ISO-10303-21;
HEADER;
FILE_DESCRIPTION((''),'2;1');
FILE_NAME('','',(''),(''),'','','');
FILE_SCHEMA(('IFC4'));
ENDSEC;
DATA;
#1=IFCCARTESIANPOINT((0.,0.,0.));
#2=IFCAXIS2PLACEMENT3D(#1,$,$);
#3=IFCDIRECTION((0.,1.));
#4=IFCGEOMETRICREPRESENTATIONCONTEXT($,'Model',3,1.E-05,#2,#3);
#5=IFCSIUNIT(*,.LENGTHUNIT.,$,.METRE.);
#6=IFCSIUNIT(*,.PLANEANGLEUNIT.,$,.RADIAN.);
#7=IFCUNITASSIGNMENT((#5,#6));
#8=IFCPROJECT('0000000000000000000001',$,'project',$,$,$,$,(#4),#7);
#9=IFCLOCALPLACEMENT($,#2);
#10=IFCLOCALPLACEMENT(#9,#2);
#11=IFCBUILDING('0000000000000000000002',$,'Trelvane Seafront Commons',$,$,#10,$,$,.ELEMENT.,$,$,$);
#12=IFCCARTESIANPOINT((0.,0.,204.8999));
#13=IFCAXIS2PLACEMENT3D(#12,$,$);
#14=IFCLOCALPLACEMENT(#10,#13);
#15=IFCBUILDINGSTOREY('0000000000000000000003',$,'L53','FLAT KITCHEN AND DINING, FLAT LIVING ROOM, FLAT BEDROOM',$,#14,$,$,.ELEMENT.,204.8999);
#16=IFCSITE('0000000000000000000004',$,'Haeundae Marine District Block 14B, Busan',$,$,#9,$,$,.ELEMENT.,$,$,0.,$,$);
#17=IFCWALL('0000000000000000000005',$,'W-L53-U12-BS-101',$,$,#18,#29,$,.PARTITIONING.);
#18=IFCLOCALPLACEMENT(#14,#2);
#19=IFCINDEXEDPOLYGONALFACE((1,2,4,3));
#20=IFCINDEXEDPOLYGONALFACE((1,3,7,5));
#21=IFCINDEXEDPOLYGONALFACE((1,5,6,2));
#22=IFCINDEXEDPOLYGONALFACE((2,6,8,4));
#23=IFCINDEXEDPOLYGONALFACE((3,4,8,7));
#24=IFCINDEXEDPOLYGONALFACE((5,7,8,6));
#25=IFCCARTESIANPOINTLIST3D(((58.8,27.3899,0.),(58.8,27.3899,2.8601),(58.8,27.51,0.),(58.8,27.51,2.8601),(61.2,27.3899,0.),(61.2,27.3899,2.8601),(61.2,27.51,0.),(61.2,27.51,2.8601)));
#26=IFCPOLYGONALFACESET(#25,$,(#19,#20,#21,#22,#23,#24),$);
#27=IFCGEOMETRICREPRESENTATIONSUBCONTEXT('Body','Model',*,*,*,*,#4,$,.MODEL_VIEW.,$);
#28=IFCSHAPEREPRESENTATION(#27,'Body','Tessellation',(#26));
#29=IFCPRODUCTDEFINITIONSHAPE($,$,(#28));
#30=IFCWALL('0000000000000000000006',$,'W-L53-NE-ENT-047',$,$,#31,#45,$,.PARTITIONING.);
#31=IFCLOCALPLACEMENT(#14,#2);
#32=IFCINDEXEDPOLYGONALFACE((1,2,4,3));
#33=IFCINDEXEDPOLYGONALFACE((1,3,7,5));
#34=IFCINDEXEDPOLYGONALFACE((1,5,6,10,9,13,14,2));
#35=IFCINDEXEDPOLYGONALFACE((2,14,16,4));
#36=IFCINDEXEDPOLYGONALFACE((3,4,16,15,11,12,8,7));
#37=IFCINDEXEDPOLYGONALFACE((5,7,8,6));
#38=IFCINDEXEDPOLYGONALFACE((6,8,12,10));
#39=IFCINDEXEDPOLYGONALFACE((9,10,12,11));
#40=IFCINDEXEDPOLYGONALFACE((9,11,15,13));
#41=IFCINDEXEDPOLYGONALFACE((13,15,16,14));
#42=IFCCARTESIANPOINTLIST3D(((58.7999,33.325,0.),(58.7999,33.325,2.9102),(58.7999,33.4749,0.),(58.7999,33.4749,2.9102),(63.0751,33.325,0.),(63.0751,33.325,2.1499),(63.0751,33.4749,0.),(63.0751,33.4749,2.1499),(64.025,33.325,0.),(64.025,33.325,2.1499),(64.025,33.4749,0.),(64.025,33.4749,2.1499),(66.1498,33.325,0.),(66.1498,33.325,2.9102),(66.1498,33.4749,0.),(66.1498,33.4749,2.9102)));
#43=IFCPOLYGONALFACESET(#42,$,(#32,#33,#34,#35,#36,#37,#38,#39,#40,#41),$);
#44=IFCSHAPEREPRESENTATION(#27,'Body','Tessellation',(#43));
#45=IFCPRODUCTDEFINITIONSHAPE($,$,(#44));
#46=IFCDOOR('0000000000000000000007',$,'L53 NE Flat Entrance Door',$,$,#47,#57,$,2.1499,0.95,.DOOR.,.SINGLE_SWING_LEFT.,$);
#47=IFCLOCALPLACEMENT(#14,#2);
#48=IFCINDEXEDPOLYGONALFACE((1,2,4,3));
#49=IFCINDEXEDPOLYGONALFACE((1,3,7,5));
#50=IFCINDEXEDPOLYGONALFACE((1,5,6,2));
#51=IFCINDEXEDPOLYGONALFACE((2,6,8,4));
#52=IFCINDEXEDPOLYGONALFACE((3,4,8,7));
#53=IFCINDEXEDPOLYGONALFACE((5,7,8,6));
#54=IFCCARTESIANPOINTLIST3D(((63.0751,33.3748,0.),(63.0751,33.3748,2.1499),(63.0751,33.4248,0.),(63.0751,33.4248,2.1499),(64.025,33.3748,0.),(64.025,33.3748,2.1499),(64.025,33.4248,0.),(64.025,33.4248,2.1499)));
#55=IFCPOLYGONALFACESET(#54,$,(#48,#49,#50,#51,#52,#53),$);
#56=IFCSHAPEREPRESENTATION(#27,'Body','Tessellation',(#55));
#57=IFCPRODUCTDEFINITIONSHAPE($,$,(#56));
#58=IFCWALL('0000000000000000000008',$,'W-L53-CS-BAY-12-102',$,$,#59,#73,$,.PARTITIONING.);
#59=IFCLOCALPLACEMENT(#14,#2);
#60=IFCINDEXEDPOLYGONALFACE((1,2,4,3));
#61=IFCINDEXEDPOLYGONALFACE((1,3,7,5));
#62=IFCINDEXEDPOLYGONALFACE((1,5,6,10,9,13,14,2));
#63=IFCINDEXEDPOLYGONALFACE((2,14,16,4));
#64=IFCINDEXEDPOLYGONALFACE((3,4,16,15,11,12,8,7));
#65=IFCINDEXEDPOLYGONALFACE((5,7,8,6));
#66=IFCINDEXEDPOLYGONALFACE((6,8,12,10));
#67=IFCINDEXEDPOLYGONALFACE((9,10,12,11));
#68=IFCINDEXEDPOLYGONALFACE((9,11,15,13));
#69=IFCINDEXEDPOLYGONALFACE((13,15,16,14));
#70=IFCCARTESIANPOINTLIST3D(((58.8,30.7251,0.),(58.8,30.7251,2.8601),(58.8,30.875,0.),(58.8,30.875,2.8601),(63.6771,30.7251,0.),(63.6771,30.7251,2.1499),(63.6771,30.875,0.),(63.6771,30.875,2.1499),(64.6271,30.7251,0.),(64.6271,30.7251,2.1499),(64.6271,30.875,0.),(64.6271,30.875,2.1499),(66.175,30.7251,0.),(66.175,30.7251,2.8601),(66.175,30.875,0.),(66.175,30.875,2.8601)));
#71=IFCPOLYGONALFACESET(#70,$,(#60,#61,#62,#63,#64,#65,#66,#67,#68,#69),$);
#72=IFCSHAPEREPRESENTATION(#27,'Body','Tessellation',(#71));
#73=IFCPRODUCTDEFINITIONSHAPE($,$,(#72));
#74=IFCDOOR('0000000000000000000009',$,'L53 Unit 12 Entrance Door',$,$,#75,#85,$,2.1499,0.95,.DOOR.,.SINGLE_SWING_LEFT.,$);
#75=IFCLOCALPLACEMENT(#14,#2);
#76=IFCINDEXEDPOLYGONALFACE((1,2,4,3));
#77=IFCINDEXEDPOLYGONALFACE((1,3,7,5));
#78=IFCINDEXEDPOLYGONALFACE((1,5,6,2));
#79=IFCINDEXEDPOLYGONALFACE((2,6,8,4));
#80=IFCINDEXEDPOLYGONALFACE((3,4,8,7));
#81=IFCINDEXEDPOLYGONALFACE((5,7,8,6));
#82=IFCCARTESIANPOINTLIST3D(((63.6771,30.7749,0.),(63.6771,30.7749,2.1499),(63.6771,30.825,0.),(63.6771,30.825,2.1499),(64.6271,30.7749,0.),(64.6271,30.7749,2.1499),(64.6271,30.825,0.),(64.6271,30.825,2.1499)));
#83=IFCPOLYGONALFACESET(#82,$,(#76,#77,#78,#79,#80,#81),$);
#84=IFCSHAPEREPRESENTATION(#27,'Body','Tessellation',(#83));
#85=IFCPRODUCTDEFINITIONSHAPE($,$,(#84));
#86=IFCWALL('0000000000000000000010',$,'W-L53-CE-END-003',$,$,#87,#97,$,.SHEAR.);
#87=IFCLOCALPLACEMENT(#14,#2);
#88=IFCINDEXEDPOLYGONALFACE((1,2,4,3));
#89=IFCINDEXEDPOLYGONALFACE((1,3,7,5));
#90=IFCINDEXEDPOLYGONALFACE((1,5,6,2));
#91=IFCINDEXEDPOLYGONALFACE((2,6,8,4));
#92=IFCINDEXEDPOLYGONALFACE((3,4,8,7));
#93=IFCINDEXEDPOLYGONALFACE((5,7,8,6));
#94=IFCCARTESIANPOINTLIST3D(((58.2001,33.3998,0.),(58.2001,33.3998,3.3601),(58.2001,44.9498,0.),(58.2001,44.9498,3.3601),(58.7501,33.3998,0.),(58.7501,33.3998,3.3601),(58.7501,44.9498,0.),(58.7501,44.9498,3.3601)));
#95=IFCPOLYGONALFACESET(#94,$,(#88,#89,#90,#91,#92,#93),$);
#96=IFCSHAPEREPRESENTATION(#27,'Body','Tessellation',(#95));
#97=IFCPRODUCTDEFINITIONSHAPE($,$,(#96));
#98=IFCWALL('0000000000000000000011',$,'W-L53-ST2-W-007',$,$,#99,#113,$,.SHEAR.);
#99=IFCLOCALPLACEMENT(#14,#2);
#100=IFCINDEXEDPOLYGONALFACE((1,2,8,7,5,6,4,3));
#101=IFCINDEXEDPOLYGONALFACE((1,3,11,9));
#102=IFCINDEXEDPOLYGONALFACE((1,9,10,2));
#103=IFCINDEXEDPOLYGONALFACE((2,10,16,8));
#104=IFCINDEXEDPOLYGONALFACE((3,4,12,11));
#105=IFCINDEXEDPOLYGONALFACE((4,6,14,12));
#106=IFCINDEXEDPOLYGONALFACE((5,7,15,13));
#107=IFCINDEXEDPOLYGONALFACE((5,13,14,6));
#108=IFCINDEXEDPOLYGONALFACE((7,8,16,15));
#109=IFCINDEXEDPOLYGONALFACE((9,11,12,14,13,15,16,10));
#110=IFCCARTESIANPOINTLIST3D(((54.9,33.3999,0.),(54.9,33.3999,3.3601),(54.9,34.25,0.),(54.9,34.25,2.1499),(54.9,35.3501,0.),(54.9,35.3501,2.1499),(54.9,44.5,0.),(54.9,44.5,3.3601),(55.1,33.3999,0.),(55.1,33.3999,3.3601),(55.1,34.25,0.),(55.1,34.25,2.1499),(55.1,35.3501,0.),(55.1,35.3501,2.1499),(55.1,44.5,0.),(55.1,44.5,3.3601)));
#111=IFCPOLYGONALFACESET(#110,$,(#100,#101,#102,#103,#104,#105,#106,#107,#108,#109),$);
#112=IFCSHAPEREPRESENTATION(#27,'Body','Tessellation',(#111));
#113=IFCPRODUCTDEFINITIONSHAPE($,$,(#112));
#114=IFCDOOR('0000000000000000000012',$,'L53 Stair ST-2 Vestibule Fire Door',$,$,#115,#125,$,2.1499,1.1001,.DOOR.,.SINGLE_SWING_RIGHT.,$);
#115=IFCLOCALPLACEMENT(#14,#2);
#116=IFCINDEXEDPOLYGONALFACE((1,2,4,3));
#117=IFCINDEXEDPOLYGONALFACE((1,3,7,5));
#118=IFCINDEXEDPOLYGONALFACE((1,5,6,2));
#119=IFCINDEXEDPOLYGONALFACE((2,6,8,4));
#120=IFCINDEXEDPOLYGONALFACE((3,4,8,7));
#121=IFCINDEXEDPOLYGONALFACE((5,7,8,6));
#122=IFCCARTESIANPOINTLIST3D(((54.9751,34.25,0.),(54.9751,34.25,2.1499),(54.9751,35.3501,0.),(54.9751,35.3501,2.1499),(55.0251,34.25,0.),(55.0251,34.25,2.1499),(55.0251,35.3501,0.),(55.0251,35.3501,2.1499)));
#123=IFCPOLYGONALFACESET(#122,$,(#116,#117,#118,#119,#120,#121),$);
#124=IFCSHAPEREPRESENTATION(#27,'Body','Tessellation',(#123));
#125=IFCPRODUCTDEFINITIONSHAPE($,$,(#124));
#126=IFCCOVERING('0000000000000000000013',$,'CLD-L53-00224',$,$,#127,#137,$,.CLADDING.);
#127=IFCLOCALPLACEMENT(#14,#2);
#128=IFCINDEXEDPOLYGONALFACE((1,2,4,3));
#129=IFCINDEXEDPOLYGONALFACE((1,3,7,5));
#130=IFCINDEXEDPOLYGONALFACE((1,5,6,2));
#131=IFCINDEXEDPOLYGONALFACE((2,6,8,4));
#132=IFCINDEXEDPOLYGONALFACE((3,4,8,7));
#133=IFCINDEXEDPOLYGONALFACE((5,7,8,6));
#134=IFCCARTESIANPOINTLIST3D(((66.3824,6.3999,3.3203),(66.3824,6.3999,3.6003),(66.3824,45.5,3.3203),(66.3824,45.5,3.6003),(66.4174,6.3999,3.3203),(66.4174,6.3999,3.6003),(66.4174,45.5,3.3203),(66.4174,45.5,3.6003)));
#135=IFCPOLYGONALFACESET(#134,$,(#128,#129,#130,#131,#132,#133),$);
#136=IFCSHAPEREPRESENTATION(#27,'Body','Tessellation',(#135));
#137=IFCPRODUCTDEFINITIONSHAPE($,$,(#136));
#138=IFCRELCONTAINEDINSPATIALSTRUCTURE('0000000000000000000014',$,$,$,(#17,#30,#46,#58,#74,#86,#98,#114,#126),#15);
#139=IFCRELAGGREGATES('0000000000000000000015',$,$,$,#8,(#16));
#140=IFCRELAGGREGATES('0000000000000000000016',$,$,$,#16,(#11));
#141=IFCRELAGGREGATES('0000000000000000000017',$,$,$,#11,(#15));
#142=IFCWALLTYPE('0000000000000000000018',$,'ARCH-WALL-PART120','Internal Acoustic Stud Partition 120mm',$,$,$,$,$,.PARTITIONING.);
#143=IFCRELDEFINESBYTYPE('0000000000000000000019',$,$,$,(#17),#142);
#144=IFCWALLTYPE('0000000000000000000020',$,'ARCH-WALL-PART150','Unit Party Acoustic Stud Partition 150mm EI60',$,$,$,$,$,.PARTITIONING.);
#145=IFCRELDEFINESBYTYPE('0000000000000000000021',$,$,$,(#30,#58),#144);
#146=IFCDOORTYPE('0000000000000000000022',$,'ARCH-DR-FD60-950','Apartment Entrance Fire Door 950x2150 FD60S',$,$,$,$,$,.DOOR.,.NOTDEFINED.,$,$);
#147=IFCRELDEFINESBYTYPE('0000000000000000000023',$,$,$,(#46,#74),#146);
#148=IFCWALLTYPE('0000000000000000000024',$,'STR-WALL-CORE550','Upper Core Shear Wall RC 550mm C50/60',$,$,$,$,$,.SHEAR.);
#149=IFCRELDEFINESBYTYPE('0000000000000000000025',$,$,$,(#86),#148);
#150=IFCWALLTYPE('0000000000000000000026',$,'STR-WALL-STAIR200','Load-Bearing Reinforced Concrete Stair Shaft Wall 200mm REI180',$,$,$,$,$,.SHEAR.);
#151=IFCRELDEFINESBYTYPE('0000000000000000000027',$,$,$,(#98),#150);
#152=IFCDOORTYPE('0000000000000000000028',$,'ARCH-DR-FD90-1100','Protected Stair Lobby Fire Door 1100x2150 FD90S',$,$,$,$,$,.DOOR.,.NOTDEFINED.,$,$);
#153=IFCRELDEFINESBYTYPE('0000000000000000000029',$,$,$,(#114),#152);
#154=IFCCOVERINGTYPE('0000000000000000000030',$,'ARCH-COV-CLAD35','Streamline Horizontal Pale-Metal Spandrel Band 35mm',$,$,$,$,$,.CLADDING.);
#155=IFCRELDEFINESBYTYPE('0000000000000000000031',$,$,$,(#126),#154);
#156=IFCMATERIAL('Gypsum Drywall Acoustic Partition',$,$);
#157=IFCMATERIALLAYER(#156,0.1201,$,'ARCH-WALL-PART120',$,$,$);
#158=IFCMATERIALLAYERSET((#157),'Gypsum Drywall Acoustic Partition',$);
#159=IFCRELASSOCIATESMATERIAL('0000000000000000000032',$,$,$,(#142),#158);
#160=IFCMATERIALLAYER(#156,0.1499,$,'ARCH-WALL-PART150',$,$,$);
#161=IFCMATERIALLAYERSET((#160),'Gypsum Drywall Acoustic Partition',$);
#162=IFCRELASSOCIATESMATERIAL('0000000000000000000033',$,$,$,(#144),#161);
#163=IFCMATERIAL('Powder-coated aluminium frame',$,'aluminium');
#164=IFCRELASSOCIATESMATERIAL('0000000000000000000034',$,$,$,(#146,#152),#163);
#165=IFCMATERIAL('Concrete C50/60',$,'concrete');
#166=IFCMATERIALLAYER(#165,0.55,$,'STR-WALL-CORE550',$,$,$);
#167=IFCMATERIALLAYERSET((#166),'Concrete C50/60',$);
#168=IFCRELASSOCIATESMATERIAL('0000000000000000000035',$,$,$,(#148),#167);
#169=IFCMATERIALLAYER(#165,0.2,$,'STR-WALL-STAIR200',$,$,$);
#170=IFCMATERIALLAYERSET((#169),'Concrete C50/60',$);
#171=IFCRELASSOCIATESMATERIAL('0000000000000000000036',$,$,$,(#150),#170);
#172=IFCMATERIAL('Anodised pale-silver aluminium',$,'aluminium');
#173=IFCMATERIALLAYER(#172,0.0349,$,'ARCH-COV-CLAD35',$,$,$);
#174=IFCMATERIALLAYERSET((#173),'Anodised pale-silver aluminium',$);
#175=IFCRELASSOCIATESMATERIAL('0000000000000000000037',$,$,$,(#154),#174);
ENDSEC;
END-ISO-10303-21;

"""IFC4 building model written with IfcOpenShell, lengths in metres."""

from ifc_helpers import new_model, si_unit, direction, frame, frame_2d, origin, origin_2d, place, context, subcontext, project, spatial, rectangle, extrude, source, transform, mapped, material, layer, layer_set, type_object, element, fill, save


model = new_model("IFC4")

# Units and contexts
model_context = context("Model", 3, precision=1e-05, world=origin(), true_north=direction((0.0, 1.0)))
body_context = subcontext(model_context, "Body", "Model", "MODEL_VIEW")
ifc_project = project(units=[si_unit("LENGTHUNIT", "METRE"), si_unit("PLANEANGLEUNIT", "RADIAN")], contexts=[model_context])

# Site, building, storey
site_placement = place(None, origin())
site = spatial("IfcSite", under=ifc_project, at=site_placement, Name="Haeundae Marine District Block 14B, Busan", CompositionType="ELEMENT", RefElevation=0.0)
building_placement = place(site_placement, origin())
building = spatial("IfcBuilding", under=site, at=building_placement, Name="Trelvane Seafront Commons", CompositionType="ELEMENT")
storey_placement = place(building_placement, frame((0.0, 0.0, 204.8999)))
storey = spatial("IfcBuildingStorey", under=building, at=storey_placement, Name="L53", Description="FLAT KITCHEN AND DINING, FLAT LIVING ROOM, FLAT BEDROOM", CompositionType="ELEMENT", Elevation=204.8999)

# Shared definitions
ifc_material_1 = material(Name="Concrete C50/60", Category="concrete")

# Shared definitions
ifc_material_2 = material(Name="Gypsum Drywall Acoustic Partition")
ifc_layer_1 = layer(ifc_material_2, 0.1201, Name="ARCH-WALL-PART120")
ifc_layer_set_1 = layer_set([ifc_layer_1], Name="Gypsum Drywall Acoustic Partition")
wall_type_1 = type_object("IfcWallType", Name="ARCH-WALL-PART120", Description="Internal Acoustic Stud Partition 120mm", PredefinedType="PARTITIONING", material=ifc_layer_set_1)
shared_shape_1 = source(origin(), body_context, "Body", "SweptSolid", [
    extrude(rectangle(XDim=0.95, YDim=2.1499, at=frame_2d((0.4751, 1.075))), frame((0.0, 0.0249, 0.0), z_axis=(0.0, -1.0, 0.0), x_axis=(1.0, 0.0, 0.0)), (0.0, 0.0, 1.0), 0.05),
])

# Wall
wall_1_placement = place(storey_placement, frame((58.8, 27.45, 0.0), z_axis=(0.0, 0.0, 1.0), x_axis=(1.0, 0.0, 0.0)))
element("IfcWall", 1, at=wall_1_placement, inside=storey, type_object=wall_type_1, Name="W-L53-U12-BS-101", PredefinedType="PARTITIONING", context=body_context, shape_type="SweptSolid", body=[
    extrude(rectangle(XDim=2.3999, YDim=0.1201, at=frame_2d((1.2, 0.0))), origin(), (0.0, 0.0, 1.0), 2.8601),
])

# Walls, openings, doors
ifc_layer_2 = layer(ifc_material_2, 0.1499, Name="ARCH-WALL-PART150")
ifc_layer_set_2 = layer_set([ifc_layer_2], Name="Gypsum Drywall Acoustic Partition")
wall_type_2 = type_object("IfcWallType", Name="ARCH-WALL-PART150", Description="Unit Party Acoustic Stud Partition 150mm EI60", PredefinedType="PARTITIONING", material=ifc_layer_set_2)
wall_2_placement = place(storey_placement, frame((58.8, 33.3999, 0.0), z_axis=(0.0, 0.0, 1.0), x_axis=(1.0, 0.0, 0.0)))
wall_2 = element("IfcWall", 2, at=wall_2_placement, inside=storey, type_object=wall_type_2, Name="W-L53-NE-ENT-047", PredefinedType="PARTITIONING", context=body_context, shape_type="SweptSolid", body=[
    extrude(rectangle(XDim=7.3499, YDim=0.1499, at=frame_2d((3.6748, 0.0))), origin(), (0.0, 0.0, 1.0), 2.9102),
])
opening_1_placement = place(wall_2_placement, frame((4.2749, 0.0, 0.0)))
opening_1 = element("IfcOpeningElement", 3, at=opening_1_placement, cuts=wall_2, PredefinedType="OPENING", context=body_context, shape_type="SweptSolid", body=[
    extrude(rectangle(XDim=0.95, YDim=2.1499, at=frame_2d((0.4751, 1.075))), frame((0.0, 0.085, 0.0), z_axis=(0.0, -1.0, 0.0), x_axis=(1.0, 0.0, 0.0)), (0.0, 0.0, 1.0), 0.1699),
])
ifc_material_3 = material(Name="Powder-coated aluminium frame", Category="aluminium")
door_type_1 = type_object("IfcDoorType", Name="ARCH-DR-FD60-950", Description="Apartment Entrance Fire Door 950x2150 FD60S", OperationType="NOTDEFINED", PredefinedType="DOOR", material=ifc_material_3)
door_1_placement = place(opening_1_placement, origin())
door_1 = element("IfcDoor", 4, at=door_1_placement, inside=storey, type_object=door_type_1, Name="L53 NE Flat Entrance Door", OperationType="SINGLE_SWING_LEFT", OverallHeight=2.1499, OverallWidth=0.95, PredefinedType="DOOR", context=body_context, shape_type="MappedRepresentation", body=[
    mapped(shared_shape_1, transform((0.0, 0.0, 0.0), x_axis=(1.0, 0.0, 0.0), y_axis=(0.0, 1.0, 0.0), z_axis=(0.0, 0.0, 1.0), scale=1.0)),
])
fill(opening_1, door_1)
wall_3_placement = place(storey_placement, frame((58.8, 30.8, 0.0), z_axis=(0.0, 0.0, 1.0), x_axis=(1.0, 0.0, 0.0)))
wall_3 = element("IfcWall", 5, at=wall_3_placement, inside=storey, type_object=wall_type_2, Name="W-L53-CS-BAY-12-102", PredefinedType="PARTITIONING", context=body_context, shape_type="SweptSolid", body=[
    extrude(rectangle(XDim=7.375, YDim=0.1499, at=frame_2d((3.6875, 0.0))), origin(), (0.0, 0.0, 1.0), 2.8601),
])
opening_2_placement = place(wall_3_placement, frame((4.877, 0.0, 0.0)))
opening_2 = element("IfcOpeningElement", 6, at=opening_2_placement, cuts=wall_3, PredefinedType="OPENING", context=body_context, shape_type="SweptSolid", body=[
    extrude(rectangle(XDim=0.95, YDim=2.1499, at=frame_2d((0.4751, 1.075))), frame((0.0, 0.085, 0.0), z_axis=(0.0, -1.0, 0.0), x_axis=(1.0, 0.0, 0.0)), (0.0, 0.0, 1.0), 0.1699),
])
door_2_placement = place(opening_2_placement, origin())
door_2 = element("IfcDoor", 7, at=door_2_placement, inside=storey, type_object=door_type_1, Name="L53 Unit 12 Entrance Door", OperationType="SINGLE_SWING_LEFT", OverallHeight=2.1499, OverallWidth=0.95, PredefinedType="DOOR", context=body_context, shape_type="MappedRepresentation", body=[
    mapped(shared_shape_1, transform((0.0, 0.0, 0.0), x_axis=(1.0, 0.0, 0.0), y_axis=(0.0, 1.0, 0.0), z_axis=(0.0, 0.0, 1.0), scale=1.0)),
])
fill(opening_2, door_2)

# Wall
ifc_layer_3 = layer(ifc_material_1, 0.55, Name="STR-WALL-CORE550")
ifc_layer_set_3 = layer_set([ifc_layer_3], Name="Concrete C50/60")
wall_type_3 = type_object("IfcWallType", Name="STR-WALL-CORE550", Description="Upper Core Shear Wall RC 550mm C50/60", PredefinedType="SHEAR", material=ifc_layer_set_3)
wall_4_placement = place(storey_placement, frame((58.4751, 33.3999, 0.0), z_axis=(0.0, 0.0, 1.0), x_axis=(0.0, 1.0, 0.0)))
element("IfcWall", 8, at=wall_4_placement, inside=storey, type_object=wall_type_3, Name="W-L53-CE-END-003", PredefinedType="SHEAR", context=body_context, shape_type="SweptSolid", body=[
    extrude(rectangle(XDim=11.55, YDim=0.55, at=frame_2d((5.7749, 0.0))), origin(), (0.0, 0.0, 1.0), 3.3601),
])

# Wall, opening, door
ifc_layer_4 = layer(ifc_material_1, 0.2, Name="STR-WALL-STAIR200")
ifc_layer_set_4 = layer_set([ifc_layer_4], Name="Concrete C50/60")
wall_type_4 = type_object("IfcWallType", Name="STR-WALL-STAIR200", Description="Load-Bearing Reinforced Concrete Stair Shaft Wall 200mm REI180", PredefinedType="SHEAR", material=ifc_layer_set_4)
wall_5_placement = place(storey_placement, frame((55.0, 33.3999, 0.0), z_axis=(0.0, 0.0, 1.0), x_axis=(0.0, 1.0, 0.0)))
wall_5 = element("IfcWall", 9, at=wall_5_placement, inside=storey, type_object=wall_type_4, Name="W-L53-ST2-W-007", PredefinedType="SHEAR", context=body_context, shape_type="SweptSolid", body=[
    extrude(rectangle(XDim=11.1001, YDim=0.2, at=frame_2d((5.55, 0.0))), origin(), (0.0, 0.0, 1.0), 3.3601),
])
opening_3_placement = place(wall_5_placement, frame((0.8501, 0.0, 0.0)))
opening_3 = element("IfcOpeningElement", 10, at=opening_3_placement, cuts=wall_5, PredefinedType="OPENING", context=body_context, shape_type="SweptSolid", body=[
    extrude(rectangle(XDim=1.1001, YDim=2.1499, at=frame_2d((0.55, 1.075))), frame((0.0, 0.1099, 0.0), z_axis=(0.0, -1.0, 0.0), x_axis=(1.0, 0.0, 0.0)), (0.0, 0.0, 1.0), 0.22),
])
door_type_2 = type_object("IfcDoorType", Name="ARCH-DR-FD90-1100", Description="Protected Stair Lobby Fire Door 1100x2150 FD90S", OperationType="NOTDEFINED", PredefinedType="DOOR", material=ifc_material_3)
shared_shape_2 = source(origin(), body_context, "Body", "SweptSolid", [
    extrude(rectangle(XDim=1.1001, YDim=2.1499, at=frame_2d((0.55, 1.075))), frame((0.0, 0.0249, 0.0), z_axis=(0.0, -1.0, 0.0), x_axis=(1.0, 0.0, 0.0)), (0.0, 0.0, 1.0), 0.05),
])
door_3_placement = place(opening_3_placement, origin())
door_3 = element("IfcDoor", 11, at=door_3_placement, inside=storey, type_object=door_type_2, Name="L53 Stair ST-2 Vestibule Fire Door", OperationType="SINGLE_SWING_RIGHT", OverallHeight=2.1499, OverallWidth=1.1001, PredefinedType="DOOR", context=body_context, shape_type="MappedRepresentation", body=[
    mapped(shared_shape_2, transform((0.0, 0.0, 0.0), x_axis=(1.0, 0.0, 0.0), y_axis=(0.0, 1.0, 0.0), z_axis=(0.0, 0.0, 1.0), scale=1.0)),
])
fill(opening_3, door_3)

# Covering
ifc_material_4 = material(Name="Anodised pale-silver aluminium", Category="aluminium")
ifc_layer_5 = layer(ifc_material_4, 0.0349, Name="ARCH-COV-CLAD35")
ifc_layer_set_5 = layer_set([ifc_layer_5], Name="Anodised pale-silver aluminium")
covering_type = type_object("IfcCoveringType", Name="ARCH-COV-CLAD35", Description="Streamline Horizontal Pale-Metal Spandrel Band 35mm", PredefinedType="CLADDING", material=ifc_layer_set_5)
shared_shape_3 = source(origin(), body_context, "Body", "SweptSolid", [
    extrude(rectangle(XDim=39.1001, YDim=0.0349, at=origin_2d()), origin(), (0.0, 0.0, 1.0), 0.28),
])
covering_placement = place(storey_placement, frame((66.3999, 25.95, 3.3203), z_axis=(0.0, 0.0, 1.0), x_axis=(0.0, -1.0, 0.0)))
element("IfcCovering", 12, at=covering_placement, inside=storey, type_object=covering_type, Name="CLD-L53-00224", PredefinedType="CLADDING", context=body_context, shape_type="MappedRepresentation", body=[
    mapped(shared_shape_3, transform((0.0, 0.0, 0.0), x_axis=(1.0, 0.0, 0.0), y_axis=(0.0, 1.0, 0.0), z_axis=(0.0, 0.0, 1.0), scale=1.0)),
])

save(model, "model.ifc")
